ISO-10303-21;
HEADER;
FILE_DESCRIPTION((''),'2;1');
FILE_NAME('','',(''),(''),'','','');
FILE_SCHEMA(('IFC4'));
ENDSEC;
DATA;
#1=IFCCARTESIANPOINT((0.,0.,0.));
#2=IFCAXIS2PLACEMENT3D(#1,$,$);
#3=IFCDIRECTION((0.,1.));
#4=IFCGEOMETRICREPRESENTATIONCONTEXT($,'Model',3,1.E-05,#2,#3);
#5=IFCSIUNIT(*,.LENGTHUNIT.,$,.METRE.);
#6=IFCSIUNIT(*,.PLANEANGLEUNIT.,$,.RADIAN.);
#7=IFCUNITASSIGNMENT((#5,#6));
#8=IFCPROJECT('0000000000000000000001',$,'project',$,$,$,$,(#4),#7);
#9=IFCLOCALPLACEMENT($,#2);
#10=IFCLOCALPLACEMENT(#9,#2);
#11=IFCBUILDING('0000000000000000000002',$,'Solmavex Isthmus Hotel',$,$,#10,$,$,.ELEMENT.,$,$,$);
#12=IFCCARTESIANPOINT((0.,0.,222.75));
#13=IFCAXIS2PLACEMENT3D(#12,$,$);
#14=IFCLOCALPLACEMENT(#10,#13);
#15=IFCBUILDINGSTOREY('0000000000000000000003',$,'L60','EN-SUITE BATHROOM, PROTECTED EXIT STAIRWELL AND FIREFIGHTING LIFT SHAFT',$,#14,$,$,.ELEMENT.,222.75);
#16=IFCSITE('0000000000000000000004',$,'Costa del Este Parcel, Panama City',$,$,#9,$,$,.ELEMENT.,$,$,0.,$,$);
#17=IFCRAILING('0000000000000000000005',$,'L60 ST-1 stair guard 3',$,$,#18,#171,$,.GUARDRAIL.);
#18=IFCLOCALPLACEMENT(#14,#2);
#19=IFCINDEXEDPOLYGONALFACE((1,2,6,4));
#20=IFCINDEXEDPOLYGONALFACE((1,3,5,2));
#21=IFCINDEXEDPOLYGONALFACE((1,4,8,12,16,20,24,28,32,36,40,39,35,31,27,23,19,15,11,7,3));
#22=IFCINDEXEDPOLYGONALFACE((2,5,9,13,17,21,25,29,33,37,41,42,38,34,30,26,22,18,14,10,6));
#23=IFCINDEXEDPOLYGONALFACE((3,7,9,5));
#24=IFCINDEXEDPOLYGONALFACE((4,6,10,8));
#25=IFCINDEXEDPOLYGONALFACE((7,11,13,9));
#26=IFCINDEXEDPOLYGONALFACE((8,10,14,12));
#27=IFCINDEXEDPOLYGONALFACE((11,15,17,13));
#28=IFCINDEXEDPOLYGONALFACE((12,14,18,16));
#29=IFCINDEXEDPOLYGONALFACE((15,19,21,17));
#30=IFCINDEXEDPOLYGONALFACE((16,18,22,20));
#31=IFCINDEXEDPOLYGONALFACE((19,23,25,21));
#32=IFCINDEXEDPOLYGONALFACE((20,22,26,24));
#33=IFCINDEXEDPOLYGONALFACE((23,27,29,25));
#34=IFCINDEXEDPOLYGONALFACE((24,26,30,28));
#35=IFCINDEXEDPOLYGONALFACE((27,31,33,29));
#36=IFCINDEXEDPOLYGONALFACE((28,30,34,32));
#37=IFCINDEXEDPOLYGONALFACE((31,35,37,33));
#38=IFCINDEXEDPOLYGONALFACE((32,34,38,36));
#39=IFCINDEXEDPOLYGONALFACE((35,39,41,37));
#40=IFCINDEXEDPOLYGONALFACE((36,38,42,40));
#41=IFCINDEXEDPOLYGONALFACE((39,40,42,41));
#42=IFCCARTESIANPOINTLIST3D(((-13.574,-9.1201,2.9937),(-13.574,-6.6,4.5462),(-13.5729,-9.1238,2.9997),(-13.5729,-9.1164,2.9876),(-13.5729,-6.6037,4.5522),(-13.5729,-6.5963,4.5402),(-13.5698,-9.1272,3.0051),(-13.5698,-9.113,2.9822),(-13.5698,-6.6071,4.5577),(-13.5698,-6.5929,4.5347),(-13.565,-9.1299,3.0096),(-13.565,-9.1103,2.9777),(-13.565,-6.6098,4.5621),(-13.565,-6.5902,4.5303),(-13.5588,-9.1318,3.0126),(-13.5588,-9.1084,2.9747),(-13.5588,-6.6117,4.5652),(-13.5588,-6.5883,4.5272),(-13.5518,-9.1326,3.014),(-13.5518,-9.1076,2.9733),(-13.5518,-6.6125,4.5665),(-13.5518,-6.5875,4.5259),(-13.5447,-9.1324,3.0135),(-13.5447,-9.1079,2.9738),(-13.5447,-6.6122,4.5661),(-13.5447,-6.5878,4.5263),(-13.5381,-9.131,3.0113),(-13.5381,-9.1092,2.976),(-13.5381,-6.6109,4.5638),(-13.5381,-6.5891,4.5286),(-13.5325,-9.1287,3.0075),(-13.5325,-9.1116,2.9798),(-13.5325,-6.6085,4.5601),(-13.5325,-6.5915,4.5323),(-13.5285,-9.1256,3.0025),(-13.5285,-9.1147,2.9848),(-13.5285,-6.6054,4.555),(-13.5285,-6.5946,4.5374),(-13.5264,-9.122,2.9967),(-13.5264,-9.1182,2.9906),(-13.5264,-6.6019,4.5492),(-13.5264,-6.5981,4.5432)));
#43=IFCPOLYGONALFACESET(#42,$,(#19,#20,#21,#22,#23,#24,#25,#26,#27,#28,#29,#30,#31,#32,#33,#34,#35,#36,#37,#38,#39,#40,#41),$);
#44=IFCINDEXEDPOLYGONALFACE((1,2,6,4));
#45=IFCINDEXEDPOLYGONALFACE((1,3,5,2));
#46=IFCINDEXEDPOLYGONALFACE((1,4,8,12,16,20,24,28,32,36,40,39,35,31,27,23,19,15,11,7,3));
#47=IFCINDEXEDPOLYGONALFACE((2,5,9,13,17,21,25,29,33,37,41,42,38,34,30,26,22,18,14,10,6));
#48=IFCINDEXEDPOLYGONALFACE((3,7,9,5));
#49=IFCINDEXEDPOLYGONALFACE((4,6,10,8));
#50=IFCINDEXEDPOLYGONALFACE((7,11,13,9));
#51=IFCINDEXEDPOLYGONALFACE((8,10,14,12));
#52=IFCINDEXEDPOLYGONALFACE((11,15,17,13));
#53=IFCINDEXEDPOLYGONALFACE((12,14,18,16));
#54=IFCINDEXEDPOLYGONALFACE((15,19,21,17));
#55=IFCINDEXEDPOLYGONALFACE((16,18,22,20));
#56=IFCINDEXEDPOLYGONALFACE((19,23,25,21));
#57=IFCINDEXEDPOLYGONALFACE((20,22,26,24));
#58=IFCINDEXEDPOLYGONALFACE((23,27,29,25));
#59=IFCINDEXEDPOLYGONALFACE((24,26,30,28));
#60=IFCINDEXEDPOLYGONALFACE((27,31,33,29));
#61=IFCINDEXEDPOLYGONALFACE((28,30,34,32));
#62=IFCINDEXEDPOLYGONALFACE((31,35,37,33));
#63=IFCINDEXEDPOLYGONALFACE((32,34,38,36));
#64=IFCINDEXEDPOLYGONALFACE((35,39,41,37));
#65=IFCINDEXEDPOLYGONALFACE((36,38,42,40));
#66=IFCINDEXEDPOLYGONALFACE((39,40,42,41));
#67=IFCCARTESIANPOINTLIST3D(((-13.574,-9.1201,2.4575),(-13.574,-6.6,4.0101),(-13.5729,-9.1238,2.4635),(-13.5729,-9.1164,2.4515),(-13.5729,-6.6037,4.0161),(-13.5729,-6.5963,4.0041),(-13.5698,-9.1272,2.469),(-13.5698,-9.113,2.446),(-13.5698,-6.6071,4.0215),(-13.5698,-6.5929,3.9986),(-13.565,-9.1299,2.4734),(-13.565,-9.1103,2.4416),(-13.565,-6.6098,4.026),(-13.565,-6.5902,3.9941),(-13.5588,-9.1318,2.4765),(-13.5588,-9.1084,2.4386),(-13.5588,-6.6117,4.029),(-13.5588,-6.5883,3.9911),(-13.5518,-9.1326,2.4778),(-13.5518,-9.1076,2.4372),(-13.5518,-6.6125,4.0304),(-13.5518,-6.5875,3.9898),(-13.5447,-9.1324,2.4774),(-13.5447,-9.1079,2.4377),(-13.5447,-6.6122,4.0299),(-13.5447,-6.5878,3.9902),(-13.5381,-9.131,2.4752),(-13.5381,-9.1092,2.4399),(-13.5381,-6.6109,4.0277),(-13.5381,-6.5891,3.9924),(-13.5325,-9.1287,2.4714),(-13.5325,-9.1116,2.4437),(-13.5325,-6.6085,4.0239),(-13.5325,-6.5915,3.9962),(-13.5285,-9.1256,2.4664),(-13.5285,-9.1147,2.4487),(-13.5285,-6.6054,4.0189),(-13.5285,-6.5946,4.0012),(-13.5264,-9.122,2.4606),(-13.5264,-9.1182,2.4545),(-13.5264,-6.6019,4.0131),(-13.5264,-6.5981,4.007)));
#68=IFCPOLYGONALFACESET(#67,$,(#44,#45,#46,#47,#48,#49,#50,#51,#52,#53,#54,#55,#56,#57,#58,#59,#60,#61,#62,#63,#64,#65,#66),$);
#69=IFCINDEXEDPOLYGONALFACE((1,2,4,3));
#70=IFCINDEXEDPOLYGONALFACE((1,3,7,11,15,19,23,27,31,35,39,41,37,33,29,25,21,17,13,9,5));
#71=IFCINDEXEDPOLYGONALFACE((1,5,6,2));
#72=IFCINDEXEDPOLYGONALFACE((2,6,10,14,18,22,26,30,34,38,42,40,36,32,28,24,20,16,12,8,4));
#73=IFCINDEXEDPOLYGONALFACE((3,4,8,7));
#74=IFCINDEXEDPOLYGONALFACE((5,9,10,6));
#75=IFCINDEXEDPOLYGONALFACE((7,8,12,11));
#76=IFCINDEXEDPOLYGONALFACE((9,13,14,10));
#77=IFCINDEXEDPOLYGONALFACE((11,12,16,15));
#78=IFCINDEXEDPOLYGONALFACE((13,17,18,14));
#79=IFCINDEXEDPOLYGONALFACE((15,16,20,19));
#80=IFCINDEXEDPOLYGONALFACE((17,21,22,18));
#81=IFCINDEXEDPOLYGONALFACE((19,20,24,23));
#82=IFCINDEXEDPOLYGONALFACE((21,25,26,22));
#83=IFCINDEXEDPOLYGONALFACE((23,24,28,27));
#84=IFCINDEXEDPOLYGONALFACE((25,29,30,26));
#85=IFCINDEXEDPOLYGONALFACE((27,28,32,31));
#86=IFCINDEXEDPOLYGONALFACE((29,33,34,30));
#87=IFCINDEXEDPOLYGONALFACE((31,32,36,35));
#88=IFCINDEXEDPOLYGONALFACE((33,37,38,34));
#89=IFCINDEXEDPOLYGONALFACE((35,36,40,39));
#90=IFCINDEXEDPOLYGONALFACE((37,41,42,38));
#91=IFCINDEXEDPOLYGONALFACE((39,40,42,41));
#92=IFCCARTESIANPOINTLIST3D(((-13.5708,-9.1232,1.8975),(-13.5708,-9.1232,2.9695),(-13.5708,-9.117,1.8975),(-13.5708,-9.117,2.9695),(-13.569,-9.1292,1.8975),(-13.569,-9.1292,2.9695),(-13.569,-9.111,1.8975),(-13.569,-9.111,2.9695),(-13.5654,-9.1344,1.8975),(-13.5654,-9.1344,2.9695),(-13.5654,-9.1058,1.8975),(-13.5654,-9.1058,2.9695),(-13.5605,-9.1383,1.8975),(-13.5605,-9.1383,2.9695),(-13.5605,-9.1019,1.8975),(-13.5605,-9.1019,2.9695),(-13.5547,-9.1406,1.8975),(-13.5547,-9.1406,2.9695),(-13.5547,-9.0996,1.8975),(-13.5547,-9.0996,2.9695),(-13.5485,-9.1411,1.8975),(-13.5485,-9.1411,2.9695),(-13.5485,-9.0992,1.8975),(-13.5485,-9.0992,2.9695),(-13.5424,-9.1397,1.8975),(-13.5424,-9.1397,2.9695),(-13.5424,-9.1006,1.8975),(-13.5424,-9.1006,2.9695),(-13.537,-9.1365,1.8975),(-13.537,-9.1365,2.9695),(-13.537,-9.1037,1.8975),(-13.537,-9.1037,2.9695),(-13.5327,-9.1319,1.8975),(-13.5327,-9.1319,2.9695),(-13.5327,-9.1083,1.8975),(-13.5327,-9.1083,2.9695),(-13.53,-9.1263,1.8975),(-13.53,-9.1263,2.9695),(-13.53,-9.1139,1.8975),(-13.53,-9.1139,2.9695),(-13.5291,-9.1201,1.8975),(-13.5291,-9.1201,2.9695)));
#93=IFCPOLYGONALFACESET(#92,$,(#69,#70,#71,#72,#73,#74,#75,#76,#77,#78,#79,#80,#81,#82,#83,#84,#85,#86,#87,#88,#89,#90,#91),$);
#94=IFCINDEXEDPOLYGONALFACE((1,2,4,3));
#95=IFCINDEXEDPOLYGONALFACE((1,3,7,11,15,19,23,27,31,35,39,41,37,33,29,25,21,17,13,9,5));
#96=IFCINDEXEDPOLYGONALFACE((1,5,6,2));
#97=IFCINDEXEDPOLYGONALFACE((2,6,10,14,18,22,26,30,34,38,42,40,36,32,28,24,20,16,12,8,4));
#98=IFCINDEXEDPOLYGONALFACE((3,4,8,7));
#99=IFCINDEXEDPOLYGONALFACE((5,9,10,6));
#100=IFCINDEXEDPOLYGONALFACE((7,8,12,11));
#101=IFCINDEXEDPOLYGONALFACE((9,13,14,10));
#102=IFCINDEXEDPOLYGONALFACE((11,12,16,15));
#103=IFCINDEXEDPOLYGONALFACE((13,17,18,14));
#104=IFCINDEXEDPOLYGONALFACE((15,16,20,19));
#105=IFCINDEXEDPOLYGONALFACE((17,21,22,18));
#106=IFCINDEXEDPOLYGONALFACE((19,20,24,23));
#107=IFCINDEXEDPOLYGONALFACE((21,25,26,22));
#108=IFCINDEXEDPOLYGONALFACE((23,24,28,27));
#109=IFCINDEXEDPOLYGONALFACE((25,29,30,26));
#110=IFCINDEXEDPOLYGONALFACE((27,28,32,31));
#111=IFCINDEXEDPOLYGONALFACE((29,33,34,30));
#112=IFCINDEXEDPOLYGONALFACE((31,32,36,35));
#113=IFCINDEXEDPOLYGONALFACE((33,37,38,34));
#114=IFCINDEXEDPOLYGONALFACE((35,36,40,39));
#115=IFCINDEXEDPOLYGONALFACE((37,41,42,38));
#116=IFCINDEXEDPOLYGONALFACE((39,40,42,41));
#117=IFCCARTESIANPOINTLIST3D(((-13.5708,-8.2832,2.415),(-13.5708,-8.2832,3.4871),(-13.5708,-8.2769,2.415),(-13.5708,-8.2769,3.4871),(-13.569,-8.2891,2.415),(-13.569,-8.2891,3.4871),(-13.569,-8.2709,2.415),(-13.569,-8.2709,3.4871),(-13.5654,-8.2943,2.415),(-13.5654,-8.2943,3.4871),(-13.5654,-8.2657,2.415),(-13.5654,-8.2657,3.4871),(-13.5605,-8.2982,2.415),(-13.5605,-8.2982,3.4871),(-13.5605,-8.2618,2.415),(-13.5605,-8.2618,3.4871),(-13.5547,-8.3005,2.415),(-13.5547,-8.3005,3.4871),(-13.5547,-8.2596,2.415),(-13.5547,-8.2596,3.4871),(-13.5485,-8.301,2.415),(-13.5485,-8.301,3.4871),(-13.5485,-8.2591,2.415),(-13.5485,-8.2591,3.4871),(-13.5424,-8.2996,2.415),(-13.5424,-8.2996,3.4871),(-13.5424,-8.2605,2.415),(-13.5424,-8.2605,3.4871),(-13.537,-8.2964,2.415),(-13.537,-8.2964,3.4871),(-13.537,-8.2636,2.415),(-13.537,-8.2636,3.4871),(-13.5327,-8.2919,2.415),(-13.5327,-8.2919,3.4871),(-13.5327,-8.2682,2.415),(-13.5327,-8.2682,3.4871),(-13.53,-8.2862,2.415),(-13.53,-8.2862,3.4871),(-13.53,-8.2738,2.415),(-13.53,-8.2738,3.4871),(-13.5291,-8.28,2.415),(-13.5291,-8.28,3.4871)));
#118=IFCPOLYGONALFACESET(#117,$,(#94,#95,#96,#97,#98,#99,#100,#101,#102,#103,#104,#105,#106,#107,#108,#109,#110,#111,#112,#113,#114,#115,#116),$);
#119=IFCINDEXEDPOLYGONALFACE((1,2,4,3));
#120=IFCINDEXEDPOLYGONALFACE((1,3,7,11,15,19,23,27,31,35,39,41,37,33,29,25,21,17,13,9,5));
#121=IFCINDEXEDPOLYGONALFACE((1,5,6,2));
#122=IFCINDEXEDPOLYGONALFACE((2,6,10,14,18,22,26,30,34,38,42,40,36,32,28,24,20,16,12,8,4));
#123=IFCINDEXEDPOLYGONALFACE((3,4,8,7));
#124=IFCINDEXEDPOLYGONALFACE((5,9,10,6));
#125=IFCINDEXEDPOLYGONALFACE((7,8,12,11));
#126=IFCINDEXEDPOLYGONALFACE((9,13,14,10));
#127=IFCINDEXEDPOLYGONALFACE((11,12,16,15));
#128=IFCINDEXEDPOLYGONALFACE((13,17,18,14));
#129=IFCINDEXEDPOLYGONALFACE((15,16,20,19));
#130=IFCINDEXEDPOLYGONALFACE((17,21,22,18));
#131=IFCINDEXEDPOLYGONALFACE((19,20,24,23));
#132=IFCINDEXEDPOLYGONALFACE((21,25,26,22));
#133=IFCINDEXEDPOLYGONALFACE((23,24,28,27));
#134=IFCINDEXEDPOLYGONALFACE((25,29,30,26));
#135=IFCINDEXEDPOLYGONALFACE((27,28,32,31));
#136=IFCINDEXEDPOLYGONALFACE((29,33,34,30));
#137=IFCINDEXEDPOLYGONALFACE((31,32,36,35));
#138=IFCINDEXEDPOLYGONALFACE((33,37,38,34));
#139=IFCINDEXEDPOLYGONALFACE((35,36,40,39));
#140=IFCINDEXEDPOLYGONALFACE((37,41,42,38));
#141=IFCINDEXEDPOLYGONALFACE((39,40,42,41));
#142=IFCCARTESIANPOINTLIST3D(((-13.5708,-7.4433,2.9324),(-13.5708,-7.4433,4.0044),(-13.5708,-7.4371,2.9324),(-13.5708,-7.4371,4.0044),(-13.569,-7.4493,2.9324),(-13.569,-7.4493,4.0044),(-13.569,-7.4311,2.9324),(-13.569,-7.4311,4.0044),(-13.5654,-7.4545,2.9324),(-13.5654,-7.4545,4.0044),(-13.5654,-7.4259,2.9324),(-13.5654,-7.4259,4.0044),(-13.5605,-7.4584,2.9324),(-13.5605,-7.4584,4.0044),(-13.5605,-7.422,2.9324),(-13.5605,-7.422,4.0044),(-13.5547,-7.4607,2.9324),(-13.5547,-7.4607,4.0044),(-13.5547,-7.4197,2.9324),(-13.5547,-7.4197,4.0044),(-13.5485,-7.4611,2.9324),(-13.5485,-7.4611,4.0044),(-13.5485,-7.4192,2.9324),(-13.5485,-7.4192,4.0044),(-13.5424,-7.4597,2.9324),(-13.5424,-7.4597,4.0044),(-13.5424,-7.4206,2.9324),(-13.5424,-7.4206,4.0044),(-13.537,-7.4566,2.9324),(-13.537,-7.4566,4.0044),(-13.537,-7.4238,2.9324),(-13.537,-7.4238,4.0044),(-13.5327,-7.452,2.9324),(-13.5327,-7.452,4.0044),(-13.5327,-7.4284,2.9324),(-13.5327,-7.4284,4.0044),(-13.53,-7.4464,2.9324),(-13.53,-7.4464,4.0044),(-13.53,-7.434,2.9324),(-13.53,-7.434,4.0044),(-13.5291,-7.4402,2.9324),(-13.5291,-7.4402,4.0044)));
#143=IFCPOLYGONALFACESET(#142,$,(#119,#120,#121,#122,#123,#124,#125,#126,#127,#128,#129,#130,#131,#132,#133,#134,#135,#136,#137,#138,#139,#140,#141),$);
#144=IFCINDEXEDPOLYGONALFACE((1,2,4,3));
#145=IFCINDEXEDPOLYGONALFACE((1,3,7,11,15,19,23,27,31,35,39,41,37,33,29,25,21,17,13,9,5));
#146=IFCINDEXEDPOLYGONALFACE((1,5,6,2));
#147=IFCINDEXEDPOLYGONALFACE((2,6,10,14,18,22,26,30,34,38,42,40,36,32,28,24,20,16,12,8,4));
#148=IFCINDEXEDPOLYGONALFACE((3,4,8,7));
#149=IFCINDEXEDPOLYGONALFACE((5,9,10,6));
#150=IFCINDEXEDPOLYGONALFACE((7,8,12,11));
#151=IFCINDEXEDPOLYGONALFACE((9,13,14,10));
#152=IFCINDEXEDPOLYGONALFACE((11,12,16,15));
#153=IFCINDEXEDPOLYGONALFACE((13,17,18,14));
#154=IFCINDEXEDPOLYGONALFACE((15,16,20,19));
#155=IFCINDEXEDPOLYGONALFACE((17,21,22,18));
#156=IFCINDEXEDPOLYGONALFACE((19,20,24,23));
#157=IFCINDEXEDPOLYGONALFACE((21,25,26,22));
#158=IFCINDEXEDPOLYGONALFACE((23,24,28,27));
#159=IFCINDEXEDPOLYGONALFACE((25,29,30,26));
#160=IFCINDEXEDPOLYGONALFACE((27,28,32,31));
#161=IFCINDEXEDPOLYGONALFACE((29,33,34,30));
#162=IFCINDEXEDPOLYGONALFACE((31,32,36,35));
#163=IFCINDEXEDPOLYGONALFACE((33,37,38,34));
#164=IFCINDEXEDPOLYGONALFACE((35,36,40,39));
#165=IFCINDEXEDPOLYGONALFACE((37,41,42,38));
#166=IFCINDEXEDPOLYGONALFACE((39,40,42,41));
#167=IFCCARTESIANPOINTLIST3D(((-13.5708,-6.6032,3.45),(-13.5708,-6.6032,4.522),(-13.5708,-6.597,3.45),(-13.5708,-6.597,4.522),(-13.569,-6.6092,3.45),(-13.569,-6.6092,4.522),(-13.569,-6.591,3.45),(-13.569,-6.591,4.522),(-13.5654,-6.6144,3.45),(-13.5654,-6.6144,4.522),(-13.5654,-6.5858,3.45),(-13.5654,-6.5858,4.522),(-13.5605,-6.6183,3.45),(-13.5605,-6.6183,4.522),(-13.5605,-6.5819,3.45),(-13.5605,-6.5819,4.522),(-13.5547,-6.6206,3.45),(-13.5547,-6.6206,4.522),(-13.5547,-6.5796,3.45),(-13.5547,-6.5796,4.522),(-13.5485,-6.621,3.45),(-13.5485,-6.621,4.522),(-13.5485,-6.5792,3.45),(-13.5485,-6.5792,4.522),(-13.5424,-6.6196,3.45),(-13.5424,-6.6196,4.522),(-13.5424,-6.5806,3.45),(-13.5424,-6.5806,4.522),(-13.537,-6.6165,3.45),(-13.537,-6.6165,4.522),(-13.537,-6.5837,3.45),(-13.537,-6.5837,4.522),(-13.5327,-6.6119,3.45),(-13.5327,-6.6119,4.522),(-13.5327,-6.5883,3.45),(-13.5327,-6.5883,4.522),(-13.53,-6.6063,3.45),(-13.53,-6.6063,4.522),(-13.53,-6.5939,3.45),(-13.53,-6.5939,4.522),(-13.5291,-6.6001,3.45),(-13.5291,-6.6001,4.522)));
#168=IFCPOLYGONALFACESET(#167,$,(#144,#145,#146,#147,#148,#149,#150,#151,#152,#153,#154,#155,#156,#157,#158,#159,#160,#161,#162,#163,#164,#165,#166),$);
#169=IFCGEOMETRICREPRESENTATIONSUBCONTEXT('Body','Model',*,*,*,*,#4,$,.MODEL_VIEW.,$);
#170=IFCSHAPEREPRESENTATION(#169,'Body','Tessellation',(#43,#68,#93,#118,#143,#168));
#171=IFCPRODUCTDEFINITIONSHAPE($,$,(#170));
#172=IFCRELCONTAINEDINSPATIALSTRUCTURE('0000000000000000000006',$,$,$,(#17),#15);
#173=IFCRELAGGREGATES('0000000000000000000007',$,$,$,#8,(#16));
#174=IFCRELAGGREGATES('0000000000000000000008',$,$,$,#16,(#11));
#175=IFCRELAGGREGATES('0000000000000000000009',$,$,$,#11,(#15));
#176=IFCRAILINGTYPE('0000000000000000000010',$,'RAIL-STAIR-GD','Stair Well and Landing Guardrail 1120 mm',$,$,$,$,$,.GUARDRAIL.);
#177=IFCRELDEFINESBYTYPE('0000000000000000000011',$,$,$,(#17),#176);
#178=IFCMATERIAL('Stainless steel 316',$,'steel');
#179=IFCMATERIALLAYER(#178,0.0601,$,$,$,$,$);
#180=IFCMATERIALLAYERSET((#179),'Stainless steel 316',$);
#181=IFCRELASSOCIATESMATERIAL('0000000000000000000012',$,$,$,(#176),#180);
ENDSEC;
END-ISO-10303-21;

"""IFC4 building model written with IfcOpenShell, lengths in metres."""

from ifc_helpers import new_model, si_unit, direction, frame, origin, origin_2d, place, context, subcontext, project, spatial, circle, extrude, material, layer, layer_set, type_object, element, save


model = new_model("IFC4")

# Units and contexts
model_context = context("Model", 3, precision=1e-05, world=origin(), true_north=direction((0.0, 1.0)))
body_context = subcontext(model_context, "Body", "Model", "MODEL_VIEW")
ifc_project = project(units=[si_unit("LENGTHUNIT", "METRE"), si_unit("PLANEANGLEUNIT", "RADIAN")], contexts=[model_context])

# Site, building, storey
site_placement = place(None, origin())
site = spatial("IfcSite", under=ifc_project, at=site_placement, Name="Costa del Este Parcel, Panama City", CompositionType="ELEMENT", RefElevation=0.0)
building_placement = place(site_placement, origin())
building = spatial("IfcBuilding", under=site, at=building_placement, Name="Solmavex Isthmus Hotel", CompositionType="ELEMENT")
storey_placement = place(building_placement, frame((0.0, 0.0, 222.75)))
storey = spatial("IfcBuildingStorey", under=building, at=storey_placement, Name="L60", Description="EN-SUITE BATHROOM, PROTECTED EXIT STAIRWELL AND FIREFIGHTING LIFT SHAFT", CompositionType="ELEMENT", Elevation=222.75)

# Railing
ifc_material_1 = material(Name="Stainless steel 316", Category="steel")
ifc_layer_1 = layer(ifc_material_1, 0.0601)
ifc_layer_set_1 = layer_set([ifc_layer_1], Name="Stainless steel 316")
railing_type = type_object("IfcRailingType", Name="RAIL-STAIR-GD", Description="Stair Well and Landing Guardrail 1120 mm", PredefinedType="GUARDRAIL", material=ifc_layer_set_1)
railing_1_placement = place(storey_placement, frame((-13.55, -9.1201, 1.8975)))
element("IfcRailing", 1, at=railing_1_placement, inside=storey, type_object=railing_type, Name="L60 ST-1 stair guard 3", PredefinedType="GUARDRAIL", context=body_context, shape_type="SweptSolid", body=[
    extrude(circle(Radius=0.0239, at=origin_2d()), frame((0.0, 0.0, 1.0962), z_axis=(0.0, 0.8514, 0.524516), x_axis=(-1.0, 0.0, 0.0)), (0.0, 0.0, 1.0), 2.96),
    extrude(circle(Radius=0.0239, at=origin_2d()), frame((0.0, 0.0, 0.5601), z_axis=(0.0, 0.8514, 0.524516), x_axis=(-1.0, 0.0, 0.0)), (0.0, 0.0, 1.0), 2.96),
    extrude(circle(Radius=0.021, at=origin_2d()), origin(), (0.0, 0.0, 1.0), 1.072),
    extrude(circle(Radius=0.021, at=origin_2d()), frame((0.0, 0.8401, 0.5176)), (0.0, 0.0, 1.0), 1.072),
    extrude(circle(Radius=0.021, at=origin_2d()), frame((0.0, 1.6799, 1.0349)), (0.0, 0.0, 1.0), 1.072),
    extrude(circle(Radius=0.021, at=origin_2d()), frame((0.0, 2.52, 1.5525)), (0.0, 0.0, 1.0), 1.072),
])

save(model, "model.ifc")
